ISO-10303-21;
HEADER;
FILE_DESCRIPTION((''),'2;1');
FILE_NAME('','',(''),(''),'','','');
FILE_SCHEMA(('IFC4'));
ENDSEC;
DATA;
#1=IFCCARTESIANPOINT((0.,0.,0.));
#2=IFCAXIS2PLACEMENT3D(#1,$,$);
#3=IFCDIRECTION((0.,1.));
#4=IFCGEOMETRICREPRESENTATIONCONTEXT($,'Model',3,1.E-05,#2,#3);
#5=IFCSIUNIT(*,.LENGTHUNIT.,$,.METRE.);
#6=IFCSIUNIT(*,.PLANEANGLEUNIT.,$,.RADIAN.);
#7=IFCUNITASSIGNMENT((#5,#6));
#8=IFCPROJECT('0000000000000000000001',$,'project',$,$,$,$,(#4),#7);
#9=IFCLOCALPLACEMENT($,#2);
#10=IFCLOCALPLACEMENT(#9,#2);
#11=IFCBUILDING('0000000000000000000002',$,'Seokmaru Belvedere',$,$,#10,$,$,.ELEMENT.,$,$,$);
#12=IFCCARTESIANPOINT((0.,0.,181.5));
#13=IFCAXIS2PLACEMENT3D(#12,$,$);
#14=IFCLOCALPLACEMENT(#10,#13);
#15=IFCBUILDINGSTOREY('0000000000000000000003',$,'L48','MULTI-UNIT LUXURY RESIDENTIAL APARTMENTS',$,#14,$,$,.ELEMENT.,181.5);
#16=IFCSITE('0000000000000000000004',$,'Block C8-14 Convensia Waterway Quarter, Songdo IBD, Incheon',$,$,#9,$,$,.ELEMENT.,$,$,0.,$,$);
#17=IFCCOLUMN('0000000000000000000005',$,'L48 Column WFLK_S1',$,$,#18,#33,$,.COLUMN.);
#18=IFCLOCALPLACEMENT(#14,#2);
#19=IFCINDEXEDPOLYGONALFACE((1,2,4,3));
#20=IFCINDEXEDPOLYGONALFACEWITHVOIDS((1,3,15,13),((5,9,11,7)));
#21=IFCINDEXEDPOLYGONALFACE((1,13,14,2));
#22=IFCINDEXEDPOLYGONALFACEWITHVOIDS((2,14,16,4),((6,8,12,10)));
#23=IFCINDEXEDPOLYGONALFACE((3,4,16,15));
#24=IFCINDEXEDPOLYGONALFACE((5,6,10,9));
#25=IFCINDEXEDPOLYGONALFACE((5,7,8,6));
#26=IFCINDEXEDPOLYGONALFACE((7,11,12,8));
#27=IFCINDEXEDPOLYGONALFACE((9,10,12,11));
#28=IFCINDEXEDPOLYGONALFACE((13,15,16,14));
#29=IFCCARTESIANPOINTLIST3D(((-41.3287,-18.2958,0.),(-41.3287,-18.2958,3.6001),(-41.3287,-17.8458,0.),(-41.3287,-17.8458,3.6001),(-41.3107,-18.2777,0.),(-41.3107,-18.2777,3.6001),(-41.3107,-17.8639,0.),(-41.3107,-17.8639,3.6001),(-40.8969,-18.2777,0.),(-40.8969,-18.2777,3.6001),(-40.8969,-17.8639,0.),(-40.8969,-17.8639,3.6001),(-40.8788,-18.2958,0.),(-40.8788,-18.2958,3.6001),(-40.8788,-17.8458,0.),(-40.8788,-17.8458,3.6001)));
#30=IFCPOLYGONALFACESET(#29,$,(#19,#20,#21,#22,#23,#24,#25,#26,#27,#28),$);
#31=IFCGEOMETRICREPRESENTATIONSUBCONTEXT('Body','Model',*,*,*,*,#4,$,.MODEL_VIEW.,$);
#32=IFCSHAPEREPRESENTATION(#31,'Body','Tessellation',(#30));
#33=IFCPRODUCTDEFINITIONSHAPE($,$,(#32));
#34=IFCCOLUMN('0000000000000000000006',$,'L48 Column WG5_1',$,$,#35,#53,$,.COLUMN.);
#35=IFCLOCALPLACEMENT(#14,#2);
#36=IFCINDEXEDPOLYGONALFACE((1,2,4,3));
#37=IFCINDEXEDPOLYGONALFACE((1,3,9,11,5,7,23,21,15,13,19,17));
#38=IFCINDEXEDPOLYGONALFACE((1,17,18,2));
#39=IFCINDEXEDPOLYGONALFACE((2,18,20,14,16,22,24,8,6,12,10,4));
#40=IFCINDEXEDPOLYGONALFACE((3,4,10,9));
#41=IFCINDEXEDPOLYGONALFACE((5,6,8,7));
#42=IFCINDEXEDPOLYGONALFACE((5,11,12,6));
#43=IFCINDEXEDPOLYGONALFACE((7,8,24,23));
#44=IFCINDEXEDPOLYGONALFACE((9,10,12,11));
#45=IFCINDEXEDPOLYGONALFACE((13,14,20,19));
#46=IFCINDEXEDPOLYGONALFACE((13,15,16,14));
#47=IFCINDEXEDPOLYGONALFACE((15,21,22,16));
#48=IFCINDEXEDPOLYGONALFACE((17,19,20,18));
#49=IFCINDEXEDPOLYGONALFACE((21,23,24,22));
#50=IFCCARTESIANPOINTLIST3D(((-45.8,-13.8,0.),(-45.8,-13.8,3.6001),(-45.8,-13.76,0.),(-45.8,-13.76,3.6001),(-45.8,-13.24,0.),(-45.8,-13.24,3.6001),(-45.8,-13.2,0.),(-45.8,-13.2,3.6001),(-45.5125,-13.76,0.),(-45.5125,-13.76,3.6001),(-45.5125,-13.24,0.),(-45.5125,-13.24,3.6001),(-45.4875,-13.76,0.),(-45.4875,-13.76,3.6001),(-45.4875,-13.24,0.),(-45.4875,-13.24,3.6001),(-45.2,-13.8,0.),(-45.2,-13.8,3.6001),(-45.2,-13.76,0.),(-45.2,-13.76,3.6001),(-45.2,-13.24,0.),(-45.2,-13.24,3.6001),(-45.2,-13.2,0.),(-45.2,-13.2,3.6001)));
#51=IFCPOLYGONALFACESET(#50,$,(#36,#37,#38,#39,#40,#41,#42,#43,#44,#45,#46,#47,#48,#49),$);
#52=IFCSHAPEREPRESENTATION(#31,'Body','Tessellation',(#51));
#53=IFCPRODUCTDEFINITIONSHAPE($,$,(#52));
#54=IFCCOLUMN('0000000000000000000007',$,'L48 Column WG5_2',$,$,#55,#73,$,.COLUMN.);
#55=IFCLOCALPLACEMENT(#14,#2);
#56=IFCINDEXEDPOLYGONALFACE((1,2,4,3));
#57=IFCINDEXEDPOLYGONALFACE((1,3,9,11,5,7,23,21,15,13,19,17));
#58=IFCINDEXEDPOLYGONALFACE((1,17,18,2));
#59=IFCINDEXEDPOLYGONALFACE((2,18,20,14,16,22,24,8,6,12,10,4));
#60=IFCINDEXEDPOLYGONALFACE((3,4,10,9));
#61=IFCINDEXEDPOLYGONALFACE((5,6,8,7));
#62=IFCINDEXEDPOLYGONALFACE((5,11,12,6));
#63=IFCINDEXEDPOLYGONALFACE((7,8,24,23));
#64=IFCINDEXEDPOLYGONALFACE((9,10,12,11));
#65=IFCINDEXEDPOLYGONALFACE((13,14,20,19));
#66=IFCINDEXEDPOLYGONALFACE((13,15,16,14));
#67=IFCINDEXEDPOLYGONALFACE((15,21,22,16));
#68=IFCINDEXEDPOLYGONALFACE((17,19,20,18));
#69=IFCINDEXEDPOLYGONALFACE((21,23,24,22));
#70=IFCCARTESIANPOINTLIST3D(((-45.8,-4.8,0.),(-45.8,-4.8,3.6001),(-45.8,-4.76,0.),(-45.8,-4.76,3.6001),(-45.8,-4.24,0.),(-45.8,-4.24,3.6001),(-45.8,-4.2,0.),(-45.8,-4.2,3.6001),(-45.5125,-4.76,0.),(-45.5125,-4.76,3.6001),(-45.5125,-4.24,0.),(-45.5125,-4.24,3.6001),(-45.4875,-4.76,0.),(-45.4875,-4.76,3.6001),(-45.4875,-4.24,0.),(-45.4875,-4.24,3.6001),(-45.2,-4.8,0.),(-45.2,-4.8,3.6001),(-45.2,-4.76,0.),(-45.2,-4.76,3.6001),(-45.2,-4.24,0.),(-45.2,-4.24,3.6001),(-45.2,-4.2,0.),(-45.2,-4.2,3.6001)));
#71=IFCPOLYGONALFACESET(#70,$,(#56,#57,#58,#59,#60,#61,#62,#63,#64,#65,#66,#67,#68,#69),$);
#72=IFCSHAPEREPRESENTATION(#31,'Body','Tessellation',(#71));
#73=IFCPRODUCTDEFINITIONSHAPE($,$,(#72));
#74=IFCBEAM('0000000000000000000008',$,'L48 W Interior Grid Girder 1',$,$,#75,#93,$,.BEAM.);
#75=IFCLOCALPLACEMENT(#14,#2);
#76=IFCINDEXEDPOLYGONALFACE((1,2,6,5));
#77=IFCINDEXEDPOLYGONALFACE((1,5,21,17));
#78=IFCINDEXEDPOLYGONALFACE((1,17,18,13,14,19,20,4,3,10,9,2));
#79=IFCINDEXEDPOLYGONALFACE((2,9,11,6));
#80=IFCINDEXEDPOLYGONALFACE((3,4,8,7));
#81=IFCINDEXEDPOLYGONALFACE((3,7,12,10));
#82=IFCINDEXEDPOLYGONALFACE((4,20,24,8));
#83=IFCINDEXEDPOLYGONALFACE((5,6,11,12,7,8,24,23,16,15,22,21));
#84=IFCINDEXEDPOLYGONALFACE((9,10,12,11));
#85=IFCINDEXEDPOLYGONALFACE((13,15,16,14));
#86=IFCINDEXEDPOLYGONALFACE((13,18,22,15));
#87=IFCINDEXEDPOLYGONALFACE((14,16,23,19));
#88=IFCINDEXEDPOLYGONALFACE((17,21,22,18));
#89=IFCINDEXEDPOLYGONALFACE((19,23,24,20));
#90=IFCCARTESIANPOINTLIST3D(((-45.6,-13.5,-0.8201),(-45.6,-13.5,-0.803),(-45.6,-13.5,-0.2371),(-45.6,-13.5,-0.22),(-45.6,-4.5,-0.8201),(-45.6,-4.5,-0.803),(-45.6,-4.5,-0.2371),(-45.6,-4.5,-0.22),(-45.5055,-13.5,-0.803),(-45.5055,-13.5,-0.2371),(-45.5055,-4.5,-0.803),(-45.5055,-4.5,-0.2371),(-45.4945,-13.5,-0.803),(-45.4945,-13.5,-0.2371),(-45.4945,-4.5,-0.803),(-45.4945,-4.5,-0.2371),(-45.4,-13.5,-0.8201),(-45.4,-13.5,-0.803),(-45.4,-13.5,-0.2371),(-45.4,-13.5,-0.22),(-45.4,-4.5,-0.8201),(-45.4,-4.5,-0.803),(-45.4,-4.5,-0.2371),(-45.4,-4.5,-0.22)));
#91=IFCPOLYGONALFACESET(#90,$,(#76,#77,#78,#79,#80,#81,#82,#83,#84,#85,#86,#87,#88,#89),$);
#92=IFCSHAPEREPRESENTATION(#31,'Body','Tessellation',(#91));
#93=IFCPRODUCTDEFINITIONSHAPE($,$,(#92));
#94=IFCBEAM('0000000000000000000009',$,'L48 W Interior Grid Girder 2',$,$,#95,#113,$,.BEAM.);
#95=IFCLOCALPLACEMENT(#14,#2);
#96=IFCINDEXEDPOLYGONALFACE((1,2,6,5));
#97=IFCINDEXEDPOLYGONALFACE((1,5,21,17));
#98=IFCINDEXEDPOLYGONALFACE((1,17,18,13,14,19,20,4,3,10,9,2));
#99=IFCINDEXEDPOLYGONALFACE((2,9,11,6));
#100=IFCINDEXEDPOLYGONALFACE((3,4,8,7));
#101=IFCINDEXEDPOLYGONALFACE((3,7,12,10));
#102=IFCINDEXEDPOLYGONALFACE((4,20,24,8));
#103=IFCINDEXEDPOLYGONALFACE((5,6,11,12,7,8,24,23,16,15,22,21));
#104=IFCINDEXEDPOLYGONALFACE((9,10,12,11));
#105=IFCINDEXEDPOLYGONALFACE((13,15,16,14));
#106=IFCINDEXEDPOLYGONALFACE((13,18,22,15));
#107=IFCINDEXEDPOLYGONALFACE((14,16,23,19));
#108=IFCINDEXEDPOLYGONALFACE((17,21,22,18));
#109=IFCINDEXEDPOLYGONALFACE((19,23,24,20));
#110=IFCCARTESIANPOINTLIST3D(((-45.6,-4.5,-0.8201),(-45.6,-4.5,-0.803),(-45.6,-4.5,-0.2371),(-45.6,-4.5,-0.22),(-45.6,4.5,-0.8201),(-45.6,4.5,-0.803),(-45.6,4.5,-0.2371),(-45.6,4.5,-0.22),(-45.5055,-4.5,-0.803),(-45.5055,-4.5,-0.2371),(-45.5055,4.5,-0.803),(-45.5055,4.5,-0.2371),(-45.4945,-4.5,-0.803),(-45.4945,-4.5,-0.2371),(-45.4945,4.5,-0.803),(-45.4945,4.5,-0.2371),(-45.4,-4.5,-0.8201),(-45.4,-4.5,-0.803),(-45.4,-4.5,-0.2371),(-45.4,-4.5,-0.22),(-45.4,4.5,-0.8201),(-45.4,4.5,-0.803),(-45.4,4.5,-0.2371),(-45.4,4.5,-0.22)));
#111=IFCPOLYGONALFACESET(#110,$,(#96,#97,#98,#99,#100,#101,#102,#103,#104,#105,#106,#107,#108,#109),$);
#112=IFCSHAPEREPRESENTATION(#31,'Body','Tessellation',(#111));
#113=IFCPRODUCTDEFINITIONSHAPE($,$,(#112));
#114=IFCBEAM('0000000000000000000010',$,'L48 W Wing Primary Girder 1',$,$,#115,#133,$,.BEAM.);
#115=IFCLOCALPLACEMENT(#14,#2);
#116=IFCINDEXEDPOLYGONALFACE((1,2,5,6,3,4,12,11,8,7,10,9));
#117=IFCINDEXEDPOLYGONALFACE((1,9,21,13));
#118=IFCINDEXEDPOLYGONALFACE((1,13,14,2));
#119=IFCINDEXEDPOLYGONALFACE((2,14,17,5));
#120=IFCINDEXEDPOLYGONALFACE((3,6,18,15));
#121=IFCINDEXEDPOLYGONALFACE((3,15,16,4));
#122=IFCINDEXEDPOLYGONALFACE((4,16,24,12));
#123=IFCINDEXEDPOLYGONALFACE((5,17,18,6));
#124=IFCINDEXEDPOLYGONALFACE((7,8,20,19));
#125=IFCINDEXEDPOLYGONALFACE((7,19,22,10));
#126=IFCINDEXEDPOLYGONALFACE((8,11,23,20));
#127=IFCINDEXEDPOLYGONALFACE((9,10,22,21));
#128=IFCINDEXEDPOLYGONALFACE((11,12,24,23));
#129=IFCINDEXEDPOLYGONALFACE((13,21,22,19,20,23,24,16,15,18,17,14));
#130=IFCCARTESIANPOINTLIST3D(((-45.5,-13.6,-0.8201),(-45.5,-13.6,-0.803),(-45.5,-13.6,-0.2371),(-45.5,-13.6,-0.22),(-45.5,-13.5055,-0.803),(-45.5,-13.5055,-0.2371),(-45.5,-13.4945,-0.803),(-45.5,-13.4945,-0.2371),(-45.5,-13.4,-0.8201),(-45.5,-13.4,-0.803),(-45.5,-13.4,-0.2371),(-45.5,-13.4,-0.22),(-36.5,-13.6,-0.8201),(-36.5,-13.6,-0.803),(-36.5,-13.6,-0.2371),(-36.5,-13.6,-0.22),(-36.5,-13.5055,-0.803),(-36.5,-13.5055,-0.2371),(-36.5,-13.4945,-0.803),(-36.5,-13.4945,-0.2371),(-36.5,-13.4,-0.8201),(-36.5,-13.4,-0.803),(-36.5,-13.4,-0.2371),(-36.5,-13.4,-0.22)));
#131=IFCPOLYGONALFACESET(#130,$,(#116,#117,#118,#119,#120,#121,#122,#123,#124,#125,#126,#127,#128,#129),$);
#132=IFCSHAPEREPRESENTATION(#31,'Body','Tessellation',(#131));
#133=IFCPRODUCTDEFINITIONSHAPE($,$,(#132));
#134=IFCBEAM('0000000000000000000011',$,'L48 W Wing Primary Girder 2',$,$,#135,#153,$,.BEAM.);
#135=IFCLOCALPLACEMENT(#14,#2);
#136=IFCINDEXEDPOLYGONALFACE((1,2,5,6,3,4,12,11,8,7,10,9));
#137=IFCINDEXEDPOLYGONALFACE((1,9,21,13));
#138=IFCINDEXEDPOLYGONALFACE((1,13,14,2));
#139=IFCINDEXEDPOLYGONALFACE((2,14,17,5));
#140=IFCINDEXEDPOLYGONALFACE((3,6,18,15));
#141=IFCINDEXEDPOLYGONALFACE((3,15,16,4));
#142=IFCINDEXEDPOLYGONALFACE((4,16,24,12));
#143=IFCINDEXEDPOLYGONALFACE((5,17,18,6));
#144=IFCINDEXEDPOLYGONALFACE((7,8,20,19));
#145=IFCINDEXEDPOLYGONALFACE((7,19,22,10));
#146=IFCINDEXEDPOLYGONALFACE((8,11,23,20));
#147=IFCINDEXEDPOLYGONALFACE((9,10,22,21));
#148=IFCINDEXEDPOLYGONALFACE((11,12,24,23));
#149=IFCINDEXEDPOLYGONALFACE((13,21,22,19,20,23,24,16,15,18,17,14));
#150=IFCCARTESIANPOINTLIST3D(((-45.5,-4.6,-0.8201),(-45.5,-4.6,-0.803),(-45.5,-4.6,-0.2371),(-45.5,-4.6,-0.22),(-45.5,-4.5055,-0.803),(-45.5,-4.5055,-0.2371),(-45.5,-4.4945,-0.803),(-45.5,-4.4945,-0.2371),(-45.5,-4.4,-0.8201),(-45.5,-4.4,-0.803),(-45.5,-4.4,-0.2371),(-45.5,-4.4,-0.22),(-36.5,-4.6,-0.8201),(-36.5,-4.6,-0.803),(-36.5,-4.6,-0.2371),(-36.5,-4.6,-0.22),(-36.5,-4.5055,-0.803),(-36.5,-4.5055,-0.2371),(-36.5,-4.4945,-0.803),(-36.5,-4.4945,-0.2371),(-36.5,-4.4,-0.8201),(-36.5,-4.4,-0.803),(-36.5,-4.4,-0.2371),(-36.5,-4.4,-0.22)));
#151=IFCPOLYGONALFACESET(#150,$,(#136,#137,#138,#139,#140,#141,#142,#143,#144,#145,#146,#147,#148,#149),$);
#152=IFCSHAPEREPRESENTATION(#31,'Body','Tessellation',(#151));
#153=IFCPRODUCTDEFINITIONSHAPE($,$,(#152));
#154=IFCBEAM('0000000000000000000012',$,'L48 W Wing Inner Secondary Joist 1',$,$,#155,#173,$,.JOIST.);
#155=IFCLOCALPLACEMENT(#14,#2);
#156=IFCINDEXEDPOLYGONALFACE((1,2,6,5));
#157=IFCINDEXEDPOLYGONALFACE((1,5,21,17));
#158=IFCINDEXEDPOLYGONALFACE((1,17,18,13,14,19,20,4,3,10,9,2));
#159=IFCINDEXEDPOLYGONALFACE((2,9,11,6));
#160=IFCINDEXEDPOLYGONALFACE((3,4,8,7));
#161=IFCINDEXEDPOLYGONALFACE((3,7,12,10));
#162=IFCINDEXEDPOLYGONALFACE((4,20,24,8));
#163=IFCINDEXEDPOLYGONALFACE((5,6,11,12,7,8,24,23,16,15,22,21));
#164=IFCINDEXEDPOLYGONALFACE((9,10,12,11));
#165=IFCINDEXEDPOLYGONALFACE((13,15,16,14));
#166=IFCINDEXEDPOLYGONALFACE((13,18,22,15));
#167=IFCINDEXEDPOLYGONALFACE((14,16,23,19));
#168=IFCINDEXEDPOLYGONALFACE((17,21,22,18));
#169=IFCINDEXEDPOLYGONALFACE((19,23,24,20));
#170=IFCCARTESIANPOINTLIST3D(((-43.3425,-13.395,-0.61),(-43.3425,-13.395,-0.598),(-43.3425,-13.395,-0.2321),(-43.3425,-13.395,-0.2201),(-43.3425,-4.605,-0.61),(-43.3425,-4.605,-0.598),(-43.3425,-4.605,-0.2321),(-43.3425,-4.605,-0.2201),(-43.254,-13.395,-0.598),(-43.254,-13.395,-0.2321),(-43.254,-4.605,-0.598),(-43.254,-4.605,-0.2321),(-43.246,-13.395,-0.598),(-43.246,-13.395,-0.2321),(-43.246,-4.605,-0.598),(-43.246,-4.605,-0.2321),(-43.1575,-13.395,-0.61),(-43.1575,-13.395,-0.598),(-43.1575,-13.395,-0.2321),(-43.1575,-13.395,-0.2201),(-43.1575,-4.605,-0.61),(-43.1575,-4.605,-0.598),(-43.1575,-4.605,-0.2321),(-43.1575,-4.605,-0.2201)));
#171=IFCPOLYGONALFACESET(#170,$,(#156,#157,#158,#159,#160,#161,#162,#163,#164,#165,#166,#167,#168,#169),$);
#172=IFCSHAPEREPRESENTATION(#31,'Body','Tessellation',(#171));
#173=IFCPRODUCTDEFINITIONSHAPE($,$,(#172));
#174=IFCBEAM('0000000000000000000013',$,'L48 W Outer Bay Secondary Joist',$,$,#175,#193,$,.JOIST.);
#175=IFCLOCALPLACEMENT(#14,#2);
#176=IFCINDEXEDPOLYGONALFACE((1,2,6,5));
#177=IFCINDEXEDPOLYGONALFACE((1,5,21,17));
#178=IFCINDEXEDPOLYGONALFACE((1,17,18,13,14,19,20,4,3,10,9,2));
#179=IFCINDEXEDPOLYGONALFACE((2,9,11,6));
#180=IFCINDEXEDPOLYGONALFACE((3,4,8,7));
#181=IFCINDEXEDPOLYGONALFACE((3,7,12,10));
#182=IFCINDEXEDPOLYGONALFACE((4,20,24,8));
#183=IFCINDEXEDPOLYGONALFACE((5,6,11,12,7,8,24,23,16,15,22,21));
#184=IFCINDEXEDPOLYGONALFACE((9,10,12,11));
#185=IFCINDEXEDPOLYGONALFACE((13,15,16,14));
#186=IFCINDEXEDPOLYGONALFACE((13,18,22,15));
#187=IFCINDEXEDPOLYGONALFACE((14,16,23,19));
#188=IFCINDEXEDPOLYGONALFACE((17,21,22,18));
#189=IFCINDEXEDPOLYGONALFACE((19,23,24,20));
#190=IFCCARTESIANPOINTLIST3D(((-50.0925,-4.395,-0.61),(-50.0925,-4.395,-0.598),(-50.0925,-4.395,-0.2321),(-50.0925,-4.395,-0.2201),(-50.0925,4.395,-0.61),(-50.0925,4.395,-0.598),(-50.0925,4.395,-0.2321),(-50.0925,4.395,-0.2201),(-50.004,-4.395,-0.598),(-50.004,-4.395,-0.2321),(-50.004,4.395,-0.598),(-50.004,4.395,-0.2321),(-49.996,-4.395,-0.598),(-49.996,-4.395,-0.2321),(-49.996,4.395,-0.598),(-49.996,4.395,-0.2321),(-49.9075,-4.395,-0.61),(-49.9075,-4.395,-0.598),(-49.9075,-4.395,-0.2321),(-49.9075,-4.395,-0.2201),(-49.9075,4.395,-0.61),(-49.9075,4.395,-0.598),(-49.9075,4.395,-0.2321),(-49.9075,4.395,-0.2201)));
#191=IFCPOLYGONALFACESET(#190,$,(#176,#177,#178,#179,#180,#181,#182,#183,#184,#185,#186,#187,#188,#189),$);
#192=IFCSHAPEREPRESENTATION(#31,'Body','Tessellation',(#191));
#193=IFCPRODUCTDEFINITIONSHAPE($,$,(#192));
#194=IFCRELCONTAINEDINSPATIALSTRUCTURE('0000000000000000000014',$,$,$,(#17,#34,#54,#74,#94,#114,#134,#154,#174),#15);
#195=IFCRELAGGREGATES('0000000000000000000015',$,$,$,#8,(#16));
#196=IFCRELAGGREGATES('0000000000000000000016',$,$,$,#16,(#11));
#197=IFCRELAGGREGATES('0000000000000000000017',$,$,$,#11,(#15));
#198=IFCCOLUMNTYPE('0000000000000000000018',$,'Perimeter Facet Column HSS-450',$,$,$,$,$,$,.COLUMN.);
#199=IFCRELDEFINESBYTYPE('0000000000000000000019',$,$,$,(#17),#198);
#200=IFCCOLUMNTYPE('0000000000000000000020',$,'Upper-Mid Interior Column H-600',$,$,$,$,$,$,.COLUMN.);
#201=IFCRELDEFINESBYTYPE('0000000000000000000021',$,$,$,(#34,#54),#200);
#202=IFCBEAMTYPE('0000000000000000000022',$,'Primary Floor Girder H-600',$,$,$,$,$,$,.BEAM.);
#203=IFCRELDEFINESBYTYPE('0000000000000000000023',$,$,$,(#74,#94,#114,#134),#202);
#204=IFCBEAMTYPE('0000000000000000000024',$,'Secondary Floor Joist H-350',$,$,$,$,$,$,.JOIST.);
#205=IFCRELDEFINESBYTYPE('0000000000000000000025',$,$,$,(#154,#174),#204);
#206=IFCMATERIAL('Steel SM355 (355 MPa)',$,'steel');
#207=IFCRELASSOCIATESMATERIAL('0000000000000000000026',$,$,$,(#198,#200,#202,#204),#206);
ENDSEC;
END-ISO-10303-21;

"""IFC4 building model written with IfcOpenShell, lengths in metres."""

from ifc_helpers import new_model, si_unit, direction, frame, origin, origin_2d, place, context, subcontext, project, spatial, hollow_rectangle, i_section, extrude, source, transform, mapped, material, material_profile, profile_set, type_object, type_shapes, element, save


model = new_model("IFC4")

# Units and contexts
model_context = context("Model", 3, precision=1e-05, world=origin(), true_north=direction((0.0, 1.0)))
body_context = subcontext(model_context, "Body", "Model", "MODEL_VIEW")
ifc_project = project(units=[si_unit("LENGTHUNIT", "METRE"), si_unit("PLANEANGLEUNIT", "RADIAN")], contexts=[model_context])

# Site, building, storey
site_placement = place(None, origin())
site = spatial("IfcSite", under=ifc_project, at=site_placement, Name="Block C8-14 Convensia Waterway Quarter, Songdo IBD, Incheon", CompositionType="ELEMENT", RefElevation=0.0)
building_placement = place(site_placement, origin())
building = spatial("IfcBuilding", under=site, at=building_placement, Name="Seokmaru Belvedere", CompositionType="ELEMENT")
storey_placement = place(building_placement, frame((0.0, 0.0, 181.5)))
storey = spatial("IfcBuildingStorey", under=building, at=storey_placement, Name="L48", Description="MULTI-UNIT LUXURY RESIDENTIAL APARTMENTS", CompositionType="ELEMENT", Elevation=181.5)

# Columns
ifc_material_1 = material(Name="Steel SM355 (355 MPa)", Category="steel")
ifc_material_profile_1 = material_profile(ifc_material_1, hollow_rectangle(XDim=0.45, YDim=0.45, WallThickness=0.0181, at=origin_2d()), Name="HSS-450x450x18")
ifc_profile_set_1 = profile_set([ifc_material_profile_1], Name="Steel SM355 (355 MPa)")
column_type_1 = type_object("IfcColumnType", Name="Perimeter Facet Column HSS-450", PredefinedType="COLUMN", material=ifc_profile_set_1)
shared_shape_1 = source(origin(), body_context, "Body", "SweptSolid", [
    extrude(hollow_rectangle(XDim=0.45, YDim=0.45, WallThickness=0.0181, at=origin_2d()), origin(), (0.0, 0.0, 1.0), 3.6001),
])
type_shapes(column_type_1, [shared_shape_1])
column_placement = place(storey_placement, frame((-41.1038, -18.0708, 0.0), z_axis=(0.0, 0.0, 1.0), x_axis=(1.0, 0.0, 0.0)))
element("IfcColumn", 1, at=column_placement, inside=storey, type_object=column_type_1, Name="L48 Column WFLK_S1", PredefinedType="COLUMN", context=body_context, shape_type="MappedRepresentation", body=[
    mapped(shared_shape_1, transform((0.0, 0.0, 0.0), scale=1.0)),
])
ifc_material_profile_2 = material_profile(ifc_material_1, i_section(OverallWidth=0.6001, OverallDepth=0.6001, WebThickness=0.0249, FlangeThickness=0.04, at=origin_2d()), Name="H-600x600x25x40")
ifc_profile_set_2 = profile_set([ifc_material_profile_2], Name="Steel SM355 (355 MPa)")
column_type_2 = type_object("IfcColumnType", Name="Upper-Mid Interior Column H-600", PredefinedType="COLUMN", material=ifc_profile_set_2)
shared_shape_2 = source(origin(), body_context, "Body", "SweptSolid", [
    extrude(i_section(OverallWidth=0.6001, OverallDepth=0.6001, WebThickness=0.0249, FlangeThickness=0.04, at=origin_2d()), origin(), (0.0, 0.0, 1.0), 3.6001),
])
type_shapes(column_type_2, [shared_shape_2])
for number, where, z_axis, x_axis, name in (
    (2, (-45.5, -13.5, 0.0), (0.0, 0.0, 1.0), (1.0, 0.0, 0.0), "L48 Column WG5_1"),
    (3, (-45.5, -4.5, 0.0), (0.0, 0.0, 1.0), (1.0, 0.0, 0.0), "L48 Column WG5_2"),
):
    element("IfcColumn", number, at=place(storey_placement, frame(where, z_axis=z_axis, x_axis=x_axis)), inside=storey, type_object=column_type_2, Name=name, PredefinedType="COLUMN", context=body_context, shape_type="MappedRepresentation", body=[
        mapped(shared_shape_2, transform((0.0, 0.0, 0.0), scale=1.0)),
    ])

# Beams
ifc_material_profile_3 = material_profile(ifc_material_1, i_section(OverallWidth=0.2, OverallDepth=0.6001, WebThickness=0.011, FlangeThickness=0.0171, at=origin_2d()), Name="H-600x200x11x17")
ifc_profile_set_3 = profile_set([ifc_material_profile_3], Name="Steel SM355 (355 MPa)")
beam_type_1 = type_object("IfcBeamType", Name="Primary Floor Girder H-600", PredefinedType="BEAM", material=ifc_profile_set_3)
shared_shape_3 = source(origin(), body_context, "Body", "SweptSolid", [
    extrude(i_section(OverallWidth=0.2, OverallDepth=0.6001, WebThickness=0.011, FlangeThickness=0.0171, at=origin_2d()), origin(), (0.0, 0.0, 1.0), 9.0),
])
for number, where, z_axis, x_axis, name in (
    (4, (-45.5, -13.5, -0.52), (0.0, 1.0, 0.0), (-1.0, 0.0, 0.0), "L48 W Interior Grid Girder 1"),
    (5, (-45.5, -4.5, -0.52), (0.0, 1.0, 0.0), (-1.0, 0.0, 0.0), "L48 W Interior Grid Girder 2"),
    (6, (-45.5, -13.5, -0.52), (1.0, 0.0, 0.0), (0.0, 1.0, 0.0), "L48 W Wing Primary Girder 1"),
    (7, (-45.5, -4.5, -0.52), (1.0, 0.0, 0.0), (0.0, 1.0, 0.0), "L48 W Wing Primary Girder 2"),
):
    element("IfcBeam", number, at=place(storey_placement, frame(where, z_axis=z_axis, x_axis=x_axis)), inside=storey, type_object=beam_type_1, Name=name, PredefinedType="BEAM", context=body_context, shape_type="MappedRepresentation", body=[
        mapped(shared_shape_3, transform((0.0, 0.0, 0.0), scale=1.0)),
    ])
ifc_material_profile_4 = material_profile(ifc_material_1, i_section(OverallWidth=0.1851, OverallDepth=0.3899, WebThickness=0.0081, FlangeThickness=0.012, at=origin_2d()), Name="H-390x185x8x12")
ifc_profile_set_4 = profile_set([ifc_material_profile_4], Name="Steel SM355 (355 MPa)")
beam_type_2 = type_object("IfcBeamType", Name="Secondary Floor Joist H-350", PredefinedType="JOIST", material=ifc_profile_set_4)
shared_shape_4 = source(origin(), body_context, "Body", "SweptSolid", [
    extrude(i_section(OverallWidth=0.1851, OverallDepth=0.3899, WebThickness=0.0081, FlangeThickness=0.012, at=origin_2d()), origin(), (0.0, 0.0, 1.0), 8.79),
])
type_shapes(beam_type_2, [shared_shape_4])
for number, where, z_axis, x_axis, name in (
    (8, (-43.25, -13.395, -0.415), (0.0, 1.0, 0.0), (-1.0, 0.0, 0.0), "L48 W Wing Inner Secondary Joist 1"),
    (9, (-50.0, -4.395, -0.415), (0.0, 1.0, 0.0), (-1.0, 0.0, 0.0), "L48 W Outer Bay Secondary Joist"),
):
    element("IfcBeam", number, at=place(storey_placement, frame(where, z_axis=z_axis, x_axis=x_axis)), inside=storey, type_object=beam_type_2, Name=name, PredefinedType="JOIST", context=body_context, shape_type="MappedRepresentation", body=[
        mapped(shared_shape_4, transform((0.0, 0.0, 0.0), scale=1.0)),
    ])

save(model, "model.ifc")
